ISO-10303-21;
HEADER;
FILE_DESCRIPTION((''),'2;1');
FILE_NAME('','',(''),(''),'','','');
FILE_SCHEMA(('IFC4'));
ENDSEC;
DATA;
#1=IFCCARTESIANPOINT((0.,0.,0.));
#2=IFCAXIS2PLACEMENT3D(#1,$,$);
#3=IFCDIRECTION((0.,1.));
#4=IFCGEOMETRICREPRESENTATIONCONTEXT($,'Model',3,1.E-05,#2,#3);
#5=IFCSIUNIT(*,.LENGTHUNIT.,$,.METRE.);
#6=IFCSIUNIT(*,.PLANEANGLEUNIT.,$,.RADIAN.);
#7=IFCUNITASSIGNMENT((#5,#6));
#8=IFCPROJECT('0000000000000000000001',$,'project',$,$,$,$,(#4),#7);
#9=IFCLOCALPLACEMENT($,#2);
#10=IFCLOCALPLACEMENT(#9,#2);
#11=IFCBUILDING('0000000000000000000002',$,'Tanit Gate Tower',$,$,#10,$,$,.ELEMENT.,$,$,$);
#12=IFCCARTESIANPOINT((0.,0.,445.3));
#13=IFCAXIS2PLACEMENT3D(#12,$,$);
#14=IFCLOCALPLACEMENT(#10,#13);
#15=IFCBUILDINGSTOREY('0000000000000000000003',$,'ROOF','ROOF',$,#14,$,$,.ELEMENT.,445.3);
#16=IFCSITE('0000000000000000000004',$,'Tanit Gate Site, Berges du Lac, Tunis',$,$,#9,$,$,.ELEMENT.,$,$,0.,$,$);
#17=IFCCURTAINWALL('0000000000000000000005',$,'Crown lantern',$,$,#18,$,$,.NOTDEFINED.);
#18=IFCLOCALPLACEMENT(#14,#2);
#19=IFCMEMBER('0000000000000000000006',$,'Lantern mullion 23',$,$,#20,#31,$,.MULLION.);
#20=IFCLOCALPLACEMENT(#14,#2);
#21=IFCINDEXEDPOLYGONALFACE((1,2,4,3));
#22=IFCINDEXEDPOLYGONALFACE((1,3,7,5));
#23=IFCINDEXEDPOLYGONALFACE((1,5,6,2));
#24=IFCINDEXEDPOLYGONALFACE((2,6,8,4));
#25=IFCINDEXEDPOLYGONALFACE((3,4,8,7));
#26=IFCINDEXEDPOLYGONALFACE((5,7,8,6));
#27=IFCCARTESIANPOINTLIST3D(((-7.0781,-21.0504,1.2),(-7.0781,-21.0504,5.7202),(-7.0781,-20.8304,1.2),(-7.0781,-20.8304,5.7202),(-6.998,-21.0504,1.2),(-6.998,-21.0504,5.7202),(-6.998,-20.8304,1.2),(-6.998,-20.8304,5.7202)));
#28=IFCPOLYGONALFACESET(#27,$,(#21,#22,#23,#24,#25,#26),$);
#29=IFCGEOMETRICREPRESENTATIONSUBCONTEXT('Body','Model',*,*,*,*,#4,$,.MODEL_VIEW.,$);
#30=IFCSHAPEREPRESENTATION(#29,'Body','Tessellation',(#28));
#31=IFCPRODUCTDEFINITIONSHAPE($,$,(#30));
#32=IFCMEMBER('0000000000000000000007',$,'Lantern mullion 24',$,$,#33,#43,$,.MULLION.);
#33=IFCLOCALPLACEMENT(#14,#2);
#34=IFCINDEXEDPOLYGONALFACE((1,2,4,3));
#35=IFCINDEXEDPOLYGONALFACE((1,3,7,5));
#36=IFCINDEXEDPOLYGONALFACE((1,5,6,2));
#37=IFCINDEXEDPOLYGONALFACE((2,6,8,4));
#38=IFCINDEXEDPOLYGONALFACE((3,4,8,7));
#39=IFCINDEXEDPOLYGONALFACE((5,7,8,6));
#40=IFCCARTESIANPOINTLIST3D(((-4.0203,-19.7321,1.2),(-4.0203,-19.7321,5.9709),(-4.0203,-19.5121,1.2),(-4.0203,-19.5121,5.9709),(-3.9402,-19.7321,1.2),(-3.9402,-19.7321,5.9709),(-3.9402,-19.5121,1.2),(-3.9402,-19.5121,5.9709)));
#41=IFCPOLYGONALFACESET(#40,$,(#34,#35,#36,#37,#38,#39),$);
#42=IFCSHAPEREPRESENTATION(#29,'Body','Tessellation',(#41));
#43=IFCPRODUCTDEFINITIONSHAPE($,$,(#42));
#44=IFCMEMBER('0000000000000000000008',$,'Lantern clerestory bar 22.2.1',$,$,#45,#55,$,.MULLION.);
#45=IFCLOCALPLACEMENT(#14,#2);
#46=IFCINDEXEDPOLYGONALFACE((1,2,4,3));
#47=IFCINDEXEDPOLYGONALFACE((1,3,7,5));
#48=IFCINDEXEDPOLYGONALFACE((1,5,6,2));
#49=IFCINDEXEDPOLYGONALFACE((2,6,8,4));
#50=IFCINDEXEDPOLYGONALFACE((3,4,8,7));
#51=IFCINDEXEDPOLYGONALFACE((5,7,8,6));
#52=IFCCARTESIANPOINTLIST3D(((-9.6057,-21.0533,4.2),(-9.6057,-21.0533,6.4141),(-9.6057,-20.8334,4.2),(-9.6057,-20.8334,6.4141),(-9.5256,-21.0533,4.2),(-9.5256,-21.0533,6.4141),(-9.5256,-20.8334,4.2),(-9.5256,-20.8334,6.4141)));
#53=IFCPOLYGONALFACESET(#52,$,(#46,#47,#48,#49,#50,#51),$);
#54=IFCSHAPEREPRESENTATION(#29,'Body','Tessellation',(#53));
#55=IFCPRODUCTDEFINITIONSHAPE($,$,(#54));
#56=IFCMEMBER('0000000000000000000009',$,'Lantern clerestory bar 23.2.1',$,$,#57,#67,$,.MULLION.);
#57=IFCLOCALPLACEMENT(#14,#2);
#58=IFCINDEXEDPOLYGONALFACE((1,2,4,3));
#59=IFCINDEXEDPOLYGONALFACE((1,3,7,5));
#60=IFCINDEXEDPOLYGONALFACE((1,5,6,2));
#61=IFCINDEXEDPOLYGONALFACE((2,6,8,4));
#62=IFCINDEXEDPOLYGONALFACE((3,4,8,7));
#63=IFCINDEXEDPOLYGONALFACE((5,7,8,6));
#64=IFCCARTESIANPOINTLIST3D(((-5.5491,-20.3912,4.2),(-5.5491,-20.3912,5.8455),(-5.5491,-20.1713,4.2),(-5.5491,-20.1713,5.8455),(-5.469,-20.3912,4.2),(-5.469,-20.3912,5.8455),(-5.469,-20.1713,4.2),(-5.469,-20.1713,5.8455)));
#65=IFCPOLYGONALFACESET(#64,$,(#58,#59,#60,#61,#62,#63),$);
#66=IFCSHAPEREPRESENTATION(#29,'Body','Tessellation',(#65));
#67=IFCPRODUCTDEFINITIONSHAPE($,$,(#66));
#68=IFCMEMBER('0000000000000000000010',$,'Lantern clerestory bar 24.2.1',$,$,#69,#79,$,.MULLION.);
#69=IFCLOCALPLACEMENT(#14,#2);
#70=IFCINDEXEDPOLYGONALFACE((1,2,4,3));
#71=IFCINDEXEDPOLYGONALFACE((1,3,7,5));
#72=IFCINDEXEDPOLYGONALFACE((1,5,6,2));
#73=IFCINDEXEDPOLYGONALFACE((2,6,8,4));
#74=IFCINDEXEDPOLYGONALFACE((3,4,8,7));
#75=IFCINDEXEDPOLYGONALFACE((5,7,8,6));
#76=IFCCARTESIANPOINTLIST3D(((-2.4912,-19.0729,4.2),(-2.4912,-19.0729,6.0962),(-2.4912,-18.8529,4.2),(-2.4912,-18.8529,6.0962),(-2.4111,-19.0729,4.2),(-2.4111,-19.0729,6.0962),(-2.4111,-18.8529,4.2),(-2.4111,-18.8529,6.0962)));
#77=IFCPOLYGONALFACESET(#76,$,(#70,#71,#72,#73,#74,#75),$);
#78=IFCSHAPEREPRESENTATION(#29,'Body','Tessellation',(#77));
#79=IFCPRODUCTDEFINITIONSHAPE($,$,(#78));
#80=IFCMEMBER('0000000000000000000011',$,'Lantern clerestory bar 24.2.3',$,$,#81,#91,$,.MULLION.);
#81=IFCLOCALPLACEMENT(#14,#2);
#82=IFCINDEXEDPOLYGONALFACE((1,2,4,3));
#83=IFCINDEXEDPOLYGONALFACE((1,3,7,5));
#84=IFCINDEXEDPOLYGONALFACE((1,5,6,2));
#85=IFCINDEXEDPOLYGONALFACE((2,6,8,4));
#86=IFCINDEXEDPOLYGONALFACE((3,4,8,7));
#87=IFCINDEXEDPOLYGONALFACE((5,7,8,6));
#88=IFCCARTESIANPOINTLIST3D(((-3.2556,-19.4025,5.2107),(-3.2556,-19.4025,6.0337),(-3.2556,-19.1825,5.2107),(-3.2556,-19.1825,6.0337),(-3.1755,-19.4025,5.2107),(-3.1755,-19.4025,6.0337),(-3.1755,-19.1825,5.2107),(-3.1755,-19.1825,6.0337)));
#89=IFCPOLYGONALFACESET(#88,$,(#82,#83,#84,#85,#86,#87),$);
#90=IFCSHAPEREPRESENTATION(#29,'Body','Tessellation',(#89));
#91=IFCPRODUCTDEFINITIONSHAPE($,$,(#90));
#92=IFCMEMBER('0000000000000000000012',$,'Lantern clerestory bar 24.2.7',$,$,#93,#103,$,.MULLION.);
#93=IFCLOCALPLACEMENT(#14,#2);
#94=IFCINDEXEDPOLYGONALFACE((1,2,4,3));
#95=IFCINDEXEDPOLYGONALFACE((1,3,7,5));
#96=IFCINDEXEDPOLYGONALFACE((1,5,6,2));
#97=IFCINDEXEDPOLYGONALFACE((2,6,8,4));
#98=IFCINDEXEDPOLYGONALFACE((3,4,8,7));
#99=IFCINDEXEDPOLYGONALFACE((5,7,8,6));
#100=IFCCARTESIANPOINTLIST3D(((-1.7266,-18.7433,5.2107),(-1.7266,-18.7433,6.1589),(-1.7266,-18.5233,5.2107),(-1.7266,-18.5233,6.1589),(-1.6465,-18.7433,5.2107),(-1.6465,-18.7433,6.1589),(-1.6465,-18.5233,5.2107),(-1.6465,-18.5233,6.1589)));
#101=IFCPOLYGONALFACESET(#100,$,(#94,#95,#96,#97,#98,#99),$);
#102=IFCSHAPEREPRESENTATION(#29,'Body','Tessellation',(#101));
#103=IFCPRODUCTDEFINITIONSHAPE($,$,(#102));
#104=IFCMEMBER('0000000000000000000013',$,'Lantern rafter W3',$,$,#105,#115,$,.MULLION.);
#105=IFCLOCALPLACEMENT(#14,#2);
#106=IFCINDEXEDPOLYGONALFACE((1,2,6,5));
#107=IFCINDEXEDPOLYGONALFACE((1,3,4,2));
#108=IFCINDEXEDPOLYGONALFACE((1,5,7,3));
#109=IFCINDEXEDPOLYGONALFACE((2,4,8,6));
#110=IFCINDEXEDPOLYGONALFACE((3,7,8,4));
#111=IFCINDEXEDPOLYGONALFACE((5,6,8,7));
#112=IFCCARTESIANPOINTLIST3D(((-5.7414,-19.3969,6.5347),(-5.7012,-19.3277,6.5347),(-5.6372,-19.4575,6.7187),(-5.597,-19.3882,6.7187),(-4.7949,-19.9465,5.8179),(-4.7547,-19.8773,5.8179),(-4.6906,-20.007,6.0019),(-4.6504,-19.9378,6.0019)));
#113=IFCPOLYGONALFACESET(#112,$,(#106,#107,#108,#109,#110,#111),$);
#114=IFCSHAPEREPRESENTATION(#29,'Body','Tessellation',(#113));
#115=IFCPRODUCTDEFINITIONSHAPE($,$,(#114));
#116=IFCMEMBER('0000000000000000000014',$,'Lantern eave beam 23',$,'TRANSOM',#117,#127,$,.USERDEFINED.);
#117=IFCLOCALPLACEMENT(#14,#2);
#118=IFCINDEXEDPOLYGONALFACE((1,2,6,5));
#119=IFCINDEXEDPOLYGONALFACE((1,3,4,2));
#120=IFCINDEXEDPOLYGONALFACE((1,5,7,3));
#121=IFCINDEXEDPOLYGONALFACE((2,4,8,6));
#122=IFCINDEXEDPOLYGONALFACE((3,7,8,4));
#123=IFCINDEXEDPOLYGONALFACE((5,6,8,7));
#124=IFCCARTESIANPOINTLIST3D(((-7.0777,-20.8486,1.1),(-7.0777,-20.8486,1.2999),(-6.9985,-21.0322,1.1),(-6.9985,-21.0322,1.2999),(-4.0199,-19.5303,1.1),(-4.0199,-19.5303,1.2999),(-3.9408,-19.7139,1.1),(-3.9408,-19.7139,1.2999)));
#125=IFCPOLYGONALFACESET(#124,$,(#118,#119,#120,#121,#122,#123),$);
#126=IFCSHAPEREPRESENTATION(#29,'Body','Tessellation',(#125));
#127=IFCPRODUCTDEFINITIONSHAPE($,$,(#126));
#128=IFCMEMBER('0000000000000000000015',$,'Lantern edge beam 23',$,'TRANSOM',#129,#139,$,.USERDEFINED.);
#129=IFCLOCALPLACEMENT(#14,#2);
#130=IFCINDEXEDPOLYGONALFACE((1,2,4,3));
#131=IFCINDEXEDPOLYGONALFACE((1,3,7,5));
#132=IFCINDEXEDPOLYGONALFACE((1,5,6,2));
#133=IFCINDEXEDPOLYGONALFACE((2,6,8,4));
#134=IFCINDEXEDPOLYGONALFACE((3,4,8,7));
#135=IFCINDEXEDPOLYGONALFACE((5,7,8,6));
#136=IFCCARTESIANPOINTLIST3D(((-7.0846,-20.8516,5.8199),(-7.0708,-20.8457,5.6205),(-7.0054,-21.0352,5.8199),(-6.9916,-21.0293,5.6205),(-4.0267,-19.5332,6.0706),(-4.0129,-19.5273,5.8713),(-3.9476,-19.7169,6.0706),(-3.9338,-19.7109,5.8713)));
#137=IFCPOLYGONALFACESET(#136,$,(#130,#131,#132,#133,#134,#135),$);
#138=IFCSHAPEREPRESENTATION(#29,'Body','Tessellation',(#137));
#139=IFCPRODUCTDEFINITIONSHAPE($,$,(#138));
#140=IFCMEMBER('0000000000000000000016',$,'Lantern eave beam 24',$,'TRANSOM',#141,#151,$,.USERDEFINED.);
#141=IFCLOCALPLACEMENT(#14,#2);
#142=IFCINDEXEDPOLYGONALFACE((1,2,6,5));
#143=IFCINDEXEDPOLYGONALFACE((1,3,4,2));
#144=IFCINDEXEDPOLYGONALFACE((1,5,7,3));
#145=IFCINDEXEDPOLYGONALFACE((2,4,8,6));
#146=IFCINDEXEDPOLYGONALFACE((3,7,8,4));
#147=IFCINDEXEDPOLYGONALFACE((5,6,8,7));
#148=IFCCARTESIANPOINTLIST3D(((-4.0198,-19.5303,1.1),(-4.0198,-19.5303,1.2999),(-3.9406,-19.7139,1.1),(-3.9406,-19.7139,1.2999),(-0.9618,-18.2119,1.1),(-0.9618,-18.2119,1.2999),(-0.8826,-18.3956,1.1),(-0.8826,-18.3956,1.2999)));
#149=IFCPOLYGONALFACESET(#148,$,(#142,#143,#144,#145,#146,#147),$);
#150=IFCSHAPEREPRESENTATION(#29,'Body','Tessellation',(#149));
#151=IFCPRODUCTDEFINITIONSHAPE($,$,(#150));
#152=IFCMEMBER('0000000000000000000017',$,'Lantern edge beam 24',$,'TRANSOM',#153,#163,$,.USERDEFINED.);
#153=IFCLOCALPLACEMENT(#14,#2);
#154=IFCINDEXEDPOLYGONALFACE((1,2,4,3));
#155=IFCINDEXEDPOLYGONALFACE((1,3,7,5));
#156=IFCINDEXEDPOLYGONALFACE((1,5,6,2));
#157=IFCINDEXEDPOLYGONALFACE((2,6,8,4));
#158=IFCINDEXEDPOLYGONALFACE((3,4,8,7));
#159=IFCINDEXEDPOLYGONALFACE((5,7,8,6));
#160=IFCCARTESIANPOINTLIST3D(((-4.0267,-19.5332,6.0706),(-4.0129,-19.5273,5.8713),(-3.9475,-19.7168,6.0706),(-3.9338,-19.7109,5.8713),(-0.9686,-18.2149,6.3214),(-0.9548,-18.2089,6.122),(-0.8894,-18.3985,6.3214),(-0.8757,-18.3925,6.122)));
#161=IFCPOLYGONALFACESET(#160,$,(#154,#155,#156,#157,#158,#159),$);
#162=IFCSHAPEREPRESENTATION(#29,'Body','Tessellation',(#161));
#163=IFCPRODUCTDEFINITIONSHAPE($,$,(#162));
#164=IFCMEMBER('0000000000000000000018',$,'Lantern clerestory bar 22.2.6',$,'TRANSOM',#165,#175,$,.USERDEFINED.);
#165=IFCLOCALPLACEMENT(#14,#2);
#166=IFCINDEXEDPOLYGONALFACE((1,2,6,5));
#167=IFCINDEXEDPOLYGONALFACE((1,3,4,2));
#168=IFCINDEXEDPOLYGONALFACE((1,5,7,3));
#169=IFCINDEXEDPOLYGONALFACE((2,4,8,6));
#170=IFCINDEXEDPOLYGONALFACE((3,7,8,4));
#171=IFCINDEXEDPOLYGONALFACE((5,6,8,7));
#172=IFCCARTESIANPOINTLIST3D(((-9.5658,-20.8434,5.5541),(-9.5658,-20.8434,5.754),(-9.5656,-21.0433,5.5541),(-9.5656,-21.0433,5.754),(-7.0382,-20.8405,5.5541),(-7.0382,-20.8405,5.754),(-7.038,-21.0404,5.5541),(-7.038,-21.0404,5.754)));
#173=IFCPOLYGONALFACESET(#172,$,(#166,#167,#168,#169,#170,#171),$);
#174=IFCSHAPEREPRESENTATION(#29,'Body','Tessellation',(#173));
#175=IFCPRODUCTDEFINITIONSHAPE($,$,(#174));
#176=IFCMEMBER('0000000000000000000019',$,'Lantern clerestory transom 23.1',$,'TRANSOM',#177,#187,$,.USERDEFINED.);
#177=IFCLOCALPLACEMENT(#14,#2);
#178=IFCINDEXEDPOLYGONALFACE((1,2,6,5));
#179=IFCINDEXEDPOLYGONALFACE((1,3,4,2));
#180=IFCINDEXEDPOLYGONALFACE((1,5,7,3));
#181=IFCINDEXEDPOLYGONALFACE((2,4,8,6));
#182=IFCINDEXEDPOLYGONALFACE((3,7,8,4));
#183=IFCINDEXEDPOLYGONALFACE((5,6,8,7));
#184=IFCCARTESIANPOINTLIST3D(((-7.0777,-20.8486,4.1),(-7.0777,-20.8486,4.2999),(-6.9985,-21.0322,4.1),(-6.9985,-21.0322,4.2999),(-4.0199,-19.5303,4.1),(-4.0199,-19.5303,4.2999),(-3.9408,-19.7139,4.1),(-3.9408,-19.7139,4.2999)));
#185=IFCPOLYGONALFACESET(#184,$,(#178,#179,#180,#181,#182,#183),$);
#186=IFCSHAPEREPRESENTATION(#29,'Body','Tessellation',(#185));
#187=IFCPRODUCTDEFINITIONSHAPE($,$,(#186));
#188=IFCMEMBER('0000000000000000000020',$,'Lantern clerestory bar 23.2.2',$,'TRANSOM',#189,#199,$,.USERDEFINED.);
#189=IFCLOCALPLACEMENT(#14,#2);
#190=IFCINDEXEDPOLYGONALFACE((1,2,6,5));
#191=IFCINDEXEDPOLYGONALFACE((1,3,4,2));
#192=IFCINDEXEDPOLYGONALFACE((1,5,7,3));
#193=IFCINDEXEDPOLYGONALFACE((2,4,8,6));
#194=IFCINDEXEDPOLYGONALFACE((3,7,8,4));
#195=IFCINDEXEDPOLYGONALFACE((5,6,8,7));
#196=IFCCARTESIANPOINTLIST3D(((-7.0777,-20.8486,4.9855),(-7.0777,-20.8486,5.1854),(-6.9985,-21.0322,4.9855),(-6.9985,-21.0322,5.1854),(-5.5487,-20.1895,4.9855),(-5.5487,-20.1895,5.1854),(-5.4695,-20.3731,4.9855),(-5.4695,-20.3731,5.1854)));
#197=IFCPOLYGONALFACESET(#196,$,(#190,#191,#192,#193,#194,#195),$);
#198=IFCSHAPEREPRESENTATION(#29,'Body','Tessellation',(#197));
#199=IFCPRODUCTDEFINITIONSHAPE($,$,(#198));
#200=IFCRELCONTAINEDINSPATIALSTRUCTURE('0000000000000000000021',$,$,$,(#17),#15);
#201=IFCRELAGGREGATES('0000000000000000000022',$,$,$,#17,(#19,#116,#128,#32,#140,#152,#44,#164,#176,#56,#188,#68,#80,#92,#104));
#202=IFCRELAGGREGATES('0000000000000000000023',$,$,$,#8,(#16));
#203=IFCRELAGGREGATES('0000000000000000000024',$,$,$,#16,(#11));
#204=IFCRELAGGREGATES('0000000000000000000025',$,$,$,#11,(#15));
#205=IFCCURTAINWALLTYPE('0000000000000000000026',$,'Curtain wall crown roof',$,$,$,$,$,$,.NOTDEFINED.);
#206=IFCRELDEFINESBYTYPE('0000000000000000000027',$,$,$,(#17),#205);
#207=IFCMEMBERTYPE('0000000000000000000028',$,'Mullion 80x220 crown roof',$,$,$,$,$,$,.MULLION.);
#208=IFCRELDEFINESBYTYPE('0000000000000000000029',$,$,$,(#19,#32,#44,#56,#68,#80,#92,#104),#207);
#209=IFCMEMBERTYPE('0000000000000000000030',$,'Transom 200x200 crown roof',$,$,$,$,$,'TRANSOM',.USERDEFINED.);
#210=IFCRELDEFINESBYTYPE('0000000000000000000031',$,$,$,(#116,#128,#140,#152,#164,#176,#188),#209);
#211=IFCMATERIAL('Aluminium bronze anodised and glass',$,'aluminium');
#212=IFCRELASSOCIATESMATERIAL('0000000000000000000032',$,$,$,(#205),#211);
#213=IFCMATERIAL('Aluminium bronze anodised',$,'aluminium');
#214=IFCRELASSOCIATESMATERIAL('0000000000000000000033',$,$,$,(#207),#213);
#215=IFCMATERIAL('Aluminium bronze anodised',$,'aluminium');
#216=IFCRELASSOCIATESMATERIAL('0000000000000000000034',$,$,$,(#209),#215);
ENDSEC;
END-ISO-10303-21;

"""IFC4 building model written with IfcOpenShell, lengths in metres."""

from ifc_helpers import new_model, si_unit, direction, frame, origin, origin_2d, place, context, subcontext, project, spatial, rectangle, extrude, material, material_profile, profile_set, type_object, element, aggregate, save


model = new_model("IFC4")

# Units and contexts
model_context = context("Model", 3, precision=1e-05, world=origin(), true_north=direction((0.0, 1.0)))
body_context = subcontext(model_context, "Body", "Model", "MODEL_VIEW")
ifc_project = project(units=[si_unit("LENGTHUNIT", "METRE"), si_unit("PLANEANGLEUNIT", "RADIAN")], contexts=[model_context])

# Site, building, storey
site_placement = place(None, origin())
site = spatial("IfcSite", under=ifc_project, at=site_placement, Name="Tanit Gate Site, Berges du Lac, Tunis", CompositionType="ELEMENT", RefElevation=0.0)
building_placement = place(site_placement, origin())
building = spatial("IfcBuilding", under=site, at=building_placement, Name="Tanit Gate Tower", CompositionType="ELEMENT")
storey_placement = place(building_placement, frame((0.0, 0.0, 445.3)))
storey = spatial("IfcBuildingStorey", under=building, at=storey_placement, Name="ROOF", Description="ROOF", CompositionType="ELEMENT", Elevation=445.3)

# Curtain wall, members
ifc_material_1 = material(Name="Aluminium bronze anodised and glass", Category="aluminium")
curtain_wall_type = type_object("IfcCurtainWallType", Name="Curtain wall crown roof", PredefinedType="NOTDEFINED", material=ifc_material_1)
curtain_wall_placement = place(storey_placement, origin())
curtain_wall = element("IfcCurtainWall", 1, at=curtain_wall_placement, inside=storey, type_object=curtain_wall_type, Name="Crown lantern", PredefinedType="NOTDEFINED")
ifc_material_2 = material(Name="Aluminium bronze anodised", Category="aluminium")
ifc_material_profile_1 = material_profile(ifc_material_2, rectangle(XDim=0.0801, YDim=0.22, at=origin_2d()), Name="80x220 bronze rafter")
ifc_profile_set_1 = profile_set([ifc_material_profile_1], Name="Aluminium bronze anodised")
member_type_1 = type_object("IfcMemberType", Name="Mullion 80x220 crown roof", PredefinedType="MULLION", material=ifc_profile_set_1)
member_1_placement = place(storey_placement, frame((-7.0381, -20.9404, 1.2), z_axis=(0.0, 0.0, 1.0), x_axis=(1.0, 0.0, 0.0)))
member_1 = element("IfcMember", 2, at=member_1_placement, type_object=member_type_1, Name="Lantern mullion 23", PredefinedType="MULLION", context=body_context, shape_type="SweptSolid", body=[
    extrude(rectangle(XDim=0.0801, YDim=0.22, at=origin_2d()), origin(), (0.0, 0.0, 1.0), 4.5203),
])
member_2_placement = place(storey_placement, frame((-3.9802, -19.6221, 1.2), z_axis=(0.0, 0.0, 1.0), x_axis=(1.0, 0.0, 0.0)))
member_2 = element("IfcMember", 3, at=member_2_placement, type_object=member_type_1, Name="Lantern mullion 24", PredefinedType="MULLION", context=body_context, shape_type="SweptSolid", body=[
    extrude(rectangle(XDim=0.0801, YDim=0.22, at=origin_2d()), origin(), (0.0, 0.0, 1.0), 4.771),
])
member_3_placement = place(storey_placement, frame((-9.5657, -20.9434, 4.2), z_axis=(0.0, 0.0, 1.0), x_axis=(1.0, 0.0, 0.0)))
member_3 = element("IfcMember", 4, at=member_3_placement, type_object=member_type_1, Name="Lantern clerestory bar 22.2.1", PredefinedType="MULLION", context=body_context, shape_type="SweptSolid", body=[
    extrude(rectangle(XDim=0.0801, YDim=0.22, at=origin_2d()), origin(), (0.0, 0.0, 1.0), 2.2141),
])
member_4_placement = place(storey_placement, frame((-5.509, -20.2812, 4.2), z_axis=(0.0, 0.0, 1.0), x_axis=(1.0, 0.0, 0.0)))
member_4 = element("IfcMember", 5, at=member_4_placement, type_object=member_type_1, Name="Lantern clerestory bar 23.2.1", PredefinedType="MULLION", context=body_context, shape_type="SweptSolid", body=[
    extrude(rectangle(XDim=0.0801, YDim=0.22, at=origin_2d()), origin(), (0.0, 0.0, 1.0), 1.6455),
])
member_5_placement = place(storey_placement, frame((-2.4512, -18.9629, 4.2), z_axis=(0.0, 0.0, 1.0), x_axis=(1.0, 0.0, 0.0)))
member_5 = element("IfcMember", 6, at=member_5_placement, type_object=member_type_1, Name="Lantern clerestory bar 24.2.1", PredefinedType="MULLION", context=body_context, shape_type="SweptSolid", body=[
    extrude(rectangle(XDim=0.0801, YDim=0.22, at=origin_2d()), origin(), (0.0, 0.0, 1.0), 1.8962),
])
member_6_placement = place(storey_placement, frame((-3.2156, -19.2925, 5.2107), z_axis=(0.0, 0.0, 1.0), x_axis=(1.0, 0.0, 0.0)))
member_6 = element("IfcMember", 7, at=member_6_placement, type_object=member_type_1, Name="Lantern clerestory bar 24.2.3", PredefinedType="MULLION", context=body_context, shape_type="SweptSolid", body=[
    extrude(rectangle(XDim=0.0801, YDim=0.22, at=origin_2d()), origin(), (0.0, 0.0, 1.0), 0.823),
])
member_7_placement = place(storey_placement, frame((-1.6865, -18.6333, 5.2107), z_axis=(0.0, 0.0, 1.0), x_axis=(1.0, 0.0, 0.0)))
member_7 = element("IfcMember", 8, at=member_7_placement, type_object=member_type_1, Name="Lantern clerestory bar 24.2.7", PredefinedType="MULLION", context=body_context, shape_type="SweptSolid", body=[
    extrude(rectangle(XDim=0.0801, YDim=0.22, at=origin_2d()), origin(), (0.0, 0.0, 1.0), 0.9482),
])
member_8_placement = place(storey_placement, frame((-5.6692, -19.3926, 6.6267), z_axis=(0.723464, -0.420046, -0.54787), x_axis=(0.502109, 0.864805, 0.0)))
member_8 = element("IfcMember", 9, at=member_8_placement, type_object=member_type_1, Name="Lantern rafter W3", PredefinedType="MULLION", context=body_context, shape_type="SweptSolid", body=[
    extrude(rectangle(XDim=0.0801, YDim=0.22, at=origin_2d()), origin(), (0.0, 0.0, 1.0), 1.3083),
])
ifc_material_3 = material(Name="Aluminium bronze anodised", Category="aluminium")
ifc_material_profile_2 = material_profile(ifc_material_3, rectangle(XDim=0.2, YDim=0.2, at=origin_2d()), Name="200x200 bronze transom")
ifc_profile_set_2 = profile_set([ifc_material_profile_2], Name="Aluminium bronze anodised")
member_type_2 = type_object("IfcMemberType", Name="Transom 200x200 crown roof", ElementType="TRANSOM", PredefinedType="USERDEFINED", material=ifc_profile_set_2)
member_9_placement = place(storey_placement, frame((-7.0381, -20.9404, 1.2), z_axis=(0.91829, 0.395909, 0.0), x_axis=(-0.395909, 0.91829, 0.0)))
member_9 = element("IfcMember", 10, at=member_9_placement, type_object=member_type_2, Name="Lantern eave beam 23", ObjectType="TRANSOM", PredefinedType="USERDEFINED", context=body_context, shape_type="SweptSolid", body=[
    extrude(rectangle(XDim=0.2, YDim=0.2, at=origin_2d()), origin(), (0.0, 0.0, 1.0), 3.3298),
])
member_10_placement = place(storey_placement, frame((-7.0381, -20.9404, 5.7202), z_axis=(0.915698, 0.394792, 0.075084), x_axis=(-0.395909, 0.91829, 0.0)))
member_10 = element("IfcMember", 11, at=member_10_placement, type_object=member_type_2, Name="Lantern edge beam 23", ObjectType="TRANSOM", PredefinedType="USERDEFINED", context=body_context, shape_type="SweptSolid", body=[
    extrude(rectangle(XDim=0.2, YDim=0.2, at=origin_2d()), origin(), (0.0, 0.0, 1.0), 3.3394),
])
member_11_placement = place(storey_placement, frame((-3.9802, -19.6221, 1.2), z_axis=(0.918301, 0.395883, 0.0), x_axis=(-0.395883, 0.918301, 0.0)))
member_11 = element("IfcMember", 12, at=member_11_placement, type_object=member_type_2, Name="Lantern eave beam 24", ObjectType="TRANSOM", PredefinedType="USERDEFINED", context=body_context, shape_type="SweptSolid", body=[
    extrude(rectangle(XDim=0.2, YDim=0.2, at=origin_2d()), origin(), (0.0, 0.0, 1.0), 3.3301),
])
member_12_placement = place(storey_placement, frame((-3.9802, -19.6221, 5.9709), z_axis=(0.915709, 0.394765, 0.075079), x_axis=(-0.395883, 0.918301, 0.0)))
member_12 = element("IfcMember", 13, at=member_12_placement, type_object=member_type_2, Name="Lantern edge beam 24", ObjectType="TRANSOM", PredefinedType="USERDEFINED", context=body_context, shape_type="SweptSolid", body=[
    extrude(rectangle(XDim=0.2, YDim=0.2, at=origin_2d()), origin(), (0.0, 0.0, 1.0), 3.3396),
])
member_13_placement = place(storey_placement, frame((-9.5657, -20.9434, 5.6541), z_axis=(0.999999, 0.001159, 0.0), x_axis=(-0.001159, 0.999999, 0.0)))
member_13 = element("IfcMember", 14, at=member_13_placement, type_object=member_type_2, Name="Lantern clerestory bar 22.2.6", ObjectType="TRANSOM", PredefinedType="USERDEFINED", context=body_context, shape_type="SweptSolid", body=[
    extrude(rectangle(XDim=0.2, YDim=0.2, at=origin_2d()), origin(), (0.0, 0.0, 1.0), 2.5276),
])
member_14_placement = place(storey_placement, frame((-7.0381, -20.9404, 4.2), z_axis=(0.91829, 0.395909, 0.0), x_axis=(-0.395909, 0.91829, 0.0)))
member_14 = element("IfcMember", 15, at=member_14_placement, type_object=member_type_2, Name="Lantern clerestory transom 23.1", ObjectType="TRANSOM", PredefinedType="USERDEFINED", context=body_context, shape_type="SweptSolid", body=[
    extrude(rectangle(XDim=0.2, YDim=0.2, at=origin_2d()), origin(), (0.0, 0.0, 1.0), 3.3298),
])
member_15_placement = place(storey_placement, frame((-7.0381, -20.9404, 5.0854), z_axis=(0.918301, 0.395883, 0.0), x_axis=(-0.395883, 0.918301, 0.0)))
member_15 = element("IfcMember", 16, at=member_15_placement, type_object=member_type_2, Name="Lantern clerestory bar 23.2.2", ObjectType="TRANSOM", PredefinedType="USERDEFINED", context=body_context, shape_type="SweptSolid", body=[
    extrude(rectangle(XDim=0.2, YDim=0.2, at=origin_2d()), origin(), (0.0, 0.0, 1.0), 1.665),
])
aggregate(curtain_wall, [member_1, member_9, member_10, member_2, member_11, member_12, member_3, member_13, member_14, member_4, member_15, member_5, member_6, member_7, member_8])

save(model, "model.ifc")
